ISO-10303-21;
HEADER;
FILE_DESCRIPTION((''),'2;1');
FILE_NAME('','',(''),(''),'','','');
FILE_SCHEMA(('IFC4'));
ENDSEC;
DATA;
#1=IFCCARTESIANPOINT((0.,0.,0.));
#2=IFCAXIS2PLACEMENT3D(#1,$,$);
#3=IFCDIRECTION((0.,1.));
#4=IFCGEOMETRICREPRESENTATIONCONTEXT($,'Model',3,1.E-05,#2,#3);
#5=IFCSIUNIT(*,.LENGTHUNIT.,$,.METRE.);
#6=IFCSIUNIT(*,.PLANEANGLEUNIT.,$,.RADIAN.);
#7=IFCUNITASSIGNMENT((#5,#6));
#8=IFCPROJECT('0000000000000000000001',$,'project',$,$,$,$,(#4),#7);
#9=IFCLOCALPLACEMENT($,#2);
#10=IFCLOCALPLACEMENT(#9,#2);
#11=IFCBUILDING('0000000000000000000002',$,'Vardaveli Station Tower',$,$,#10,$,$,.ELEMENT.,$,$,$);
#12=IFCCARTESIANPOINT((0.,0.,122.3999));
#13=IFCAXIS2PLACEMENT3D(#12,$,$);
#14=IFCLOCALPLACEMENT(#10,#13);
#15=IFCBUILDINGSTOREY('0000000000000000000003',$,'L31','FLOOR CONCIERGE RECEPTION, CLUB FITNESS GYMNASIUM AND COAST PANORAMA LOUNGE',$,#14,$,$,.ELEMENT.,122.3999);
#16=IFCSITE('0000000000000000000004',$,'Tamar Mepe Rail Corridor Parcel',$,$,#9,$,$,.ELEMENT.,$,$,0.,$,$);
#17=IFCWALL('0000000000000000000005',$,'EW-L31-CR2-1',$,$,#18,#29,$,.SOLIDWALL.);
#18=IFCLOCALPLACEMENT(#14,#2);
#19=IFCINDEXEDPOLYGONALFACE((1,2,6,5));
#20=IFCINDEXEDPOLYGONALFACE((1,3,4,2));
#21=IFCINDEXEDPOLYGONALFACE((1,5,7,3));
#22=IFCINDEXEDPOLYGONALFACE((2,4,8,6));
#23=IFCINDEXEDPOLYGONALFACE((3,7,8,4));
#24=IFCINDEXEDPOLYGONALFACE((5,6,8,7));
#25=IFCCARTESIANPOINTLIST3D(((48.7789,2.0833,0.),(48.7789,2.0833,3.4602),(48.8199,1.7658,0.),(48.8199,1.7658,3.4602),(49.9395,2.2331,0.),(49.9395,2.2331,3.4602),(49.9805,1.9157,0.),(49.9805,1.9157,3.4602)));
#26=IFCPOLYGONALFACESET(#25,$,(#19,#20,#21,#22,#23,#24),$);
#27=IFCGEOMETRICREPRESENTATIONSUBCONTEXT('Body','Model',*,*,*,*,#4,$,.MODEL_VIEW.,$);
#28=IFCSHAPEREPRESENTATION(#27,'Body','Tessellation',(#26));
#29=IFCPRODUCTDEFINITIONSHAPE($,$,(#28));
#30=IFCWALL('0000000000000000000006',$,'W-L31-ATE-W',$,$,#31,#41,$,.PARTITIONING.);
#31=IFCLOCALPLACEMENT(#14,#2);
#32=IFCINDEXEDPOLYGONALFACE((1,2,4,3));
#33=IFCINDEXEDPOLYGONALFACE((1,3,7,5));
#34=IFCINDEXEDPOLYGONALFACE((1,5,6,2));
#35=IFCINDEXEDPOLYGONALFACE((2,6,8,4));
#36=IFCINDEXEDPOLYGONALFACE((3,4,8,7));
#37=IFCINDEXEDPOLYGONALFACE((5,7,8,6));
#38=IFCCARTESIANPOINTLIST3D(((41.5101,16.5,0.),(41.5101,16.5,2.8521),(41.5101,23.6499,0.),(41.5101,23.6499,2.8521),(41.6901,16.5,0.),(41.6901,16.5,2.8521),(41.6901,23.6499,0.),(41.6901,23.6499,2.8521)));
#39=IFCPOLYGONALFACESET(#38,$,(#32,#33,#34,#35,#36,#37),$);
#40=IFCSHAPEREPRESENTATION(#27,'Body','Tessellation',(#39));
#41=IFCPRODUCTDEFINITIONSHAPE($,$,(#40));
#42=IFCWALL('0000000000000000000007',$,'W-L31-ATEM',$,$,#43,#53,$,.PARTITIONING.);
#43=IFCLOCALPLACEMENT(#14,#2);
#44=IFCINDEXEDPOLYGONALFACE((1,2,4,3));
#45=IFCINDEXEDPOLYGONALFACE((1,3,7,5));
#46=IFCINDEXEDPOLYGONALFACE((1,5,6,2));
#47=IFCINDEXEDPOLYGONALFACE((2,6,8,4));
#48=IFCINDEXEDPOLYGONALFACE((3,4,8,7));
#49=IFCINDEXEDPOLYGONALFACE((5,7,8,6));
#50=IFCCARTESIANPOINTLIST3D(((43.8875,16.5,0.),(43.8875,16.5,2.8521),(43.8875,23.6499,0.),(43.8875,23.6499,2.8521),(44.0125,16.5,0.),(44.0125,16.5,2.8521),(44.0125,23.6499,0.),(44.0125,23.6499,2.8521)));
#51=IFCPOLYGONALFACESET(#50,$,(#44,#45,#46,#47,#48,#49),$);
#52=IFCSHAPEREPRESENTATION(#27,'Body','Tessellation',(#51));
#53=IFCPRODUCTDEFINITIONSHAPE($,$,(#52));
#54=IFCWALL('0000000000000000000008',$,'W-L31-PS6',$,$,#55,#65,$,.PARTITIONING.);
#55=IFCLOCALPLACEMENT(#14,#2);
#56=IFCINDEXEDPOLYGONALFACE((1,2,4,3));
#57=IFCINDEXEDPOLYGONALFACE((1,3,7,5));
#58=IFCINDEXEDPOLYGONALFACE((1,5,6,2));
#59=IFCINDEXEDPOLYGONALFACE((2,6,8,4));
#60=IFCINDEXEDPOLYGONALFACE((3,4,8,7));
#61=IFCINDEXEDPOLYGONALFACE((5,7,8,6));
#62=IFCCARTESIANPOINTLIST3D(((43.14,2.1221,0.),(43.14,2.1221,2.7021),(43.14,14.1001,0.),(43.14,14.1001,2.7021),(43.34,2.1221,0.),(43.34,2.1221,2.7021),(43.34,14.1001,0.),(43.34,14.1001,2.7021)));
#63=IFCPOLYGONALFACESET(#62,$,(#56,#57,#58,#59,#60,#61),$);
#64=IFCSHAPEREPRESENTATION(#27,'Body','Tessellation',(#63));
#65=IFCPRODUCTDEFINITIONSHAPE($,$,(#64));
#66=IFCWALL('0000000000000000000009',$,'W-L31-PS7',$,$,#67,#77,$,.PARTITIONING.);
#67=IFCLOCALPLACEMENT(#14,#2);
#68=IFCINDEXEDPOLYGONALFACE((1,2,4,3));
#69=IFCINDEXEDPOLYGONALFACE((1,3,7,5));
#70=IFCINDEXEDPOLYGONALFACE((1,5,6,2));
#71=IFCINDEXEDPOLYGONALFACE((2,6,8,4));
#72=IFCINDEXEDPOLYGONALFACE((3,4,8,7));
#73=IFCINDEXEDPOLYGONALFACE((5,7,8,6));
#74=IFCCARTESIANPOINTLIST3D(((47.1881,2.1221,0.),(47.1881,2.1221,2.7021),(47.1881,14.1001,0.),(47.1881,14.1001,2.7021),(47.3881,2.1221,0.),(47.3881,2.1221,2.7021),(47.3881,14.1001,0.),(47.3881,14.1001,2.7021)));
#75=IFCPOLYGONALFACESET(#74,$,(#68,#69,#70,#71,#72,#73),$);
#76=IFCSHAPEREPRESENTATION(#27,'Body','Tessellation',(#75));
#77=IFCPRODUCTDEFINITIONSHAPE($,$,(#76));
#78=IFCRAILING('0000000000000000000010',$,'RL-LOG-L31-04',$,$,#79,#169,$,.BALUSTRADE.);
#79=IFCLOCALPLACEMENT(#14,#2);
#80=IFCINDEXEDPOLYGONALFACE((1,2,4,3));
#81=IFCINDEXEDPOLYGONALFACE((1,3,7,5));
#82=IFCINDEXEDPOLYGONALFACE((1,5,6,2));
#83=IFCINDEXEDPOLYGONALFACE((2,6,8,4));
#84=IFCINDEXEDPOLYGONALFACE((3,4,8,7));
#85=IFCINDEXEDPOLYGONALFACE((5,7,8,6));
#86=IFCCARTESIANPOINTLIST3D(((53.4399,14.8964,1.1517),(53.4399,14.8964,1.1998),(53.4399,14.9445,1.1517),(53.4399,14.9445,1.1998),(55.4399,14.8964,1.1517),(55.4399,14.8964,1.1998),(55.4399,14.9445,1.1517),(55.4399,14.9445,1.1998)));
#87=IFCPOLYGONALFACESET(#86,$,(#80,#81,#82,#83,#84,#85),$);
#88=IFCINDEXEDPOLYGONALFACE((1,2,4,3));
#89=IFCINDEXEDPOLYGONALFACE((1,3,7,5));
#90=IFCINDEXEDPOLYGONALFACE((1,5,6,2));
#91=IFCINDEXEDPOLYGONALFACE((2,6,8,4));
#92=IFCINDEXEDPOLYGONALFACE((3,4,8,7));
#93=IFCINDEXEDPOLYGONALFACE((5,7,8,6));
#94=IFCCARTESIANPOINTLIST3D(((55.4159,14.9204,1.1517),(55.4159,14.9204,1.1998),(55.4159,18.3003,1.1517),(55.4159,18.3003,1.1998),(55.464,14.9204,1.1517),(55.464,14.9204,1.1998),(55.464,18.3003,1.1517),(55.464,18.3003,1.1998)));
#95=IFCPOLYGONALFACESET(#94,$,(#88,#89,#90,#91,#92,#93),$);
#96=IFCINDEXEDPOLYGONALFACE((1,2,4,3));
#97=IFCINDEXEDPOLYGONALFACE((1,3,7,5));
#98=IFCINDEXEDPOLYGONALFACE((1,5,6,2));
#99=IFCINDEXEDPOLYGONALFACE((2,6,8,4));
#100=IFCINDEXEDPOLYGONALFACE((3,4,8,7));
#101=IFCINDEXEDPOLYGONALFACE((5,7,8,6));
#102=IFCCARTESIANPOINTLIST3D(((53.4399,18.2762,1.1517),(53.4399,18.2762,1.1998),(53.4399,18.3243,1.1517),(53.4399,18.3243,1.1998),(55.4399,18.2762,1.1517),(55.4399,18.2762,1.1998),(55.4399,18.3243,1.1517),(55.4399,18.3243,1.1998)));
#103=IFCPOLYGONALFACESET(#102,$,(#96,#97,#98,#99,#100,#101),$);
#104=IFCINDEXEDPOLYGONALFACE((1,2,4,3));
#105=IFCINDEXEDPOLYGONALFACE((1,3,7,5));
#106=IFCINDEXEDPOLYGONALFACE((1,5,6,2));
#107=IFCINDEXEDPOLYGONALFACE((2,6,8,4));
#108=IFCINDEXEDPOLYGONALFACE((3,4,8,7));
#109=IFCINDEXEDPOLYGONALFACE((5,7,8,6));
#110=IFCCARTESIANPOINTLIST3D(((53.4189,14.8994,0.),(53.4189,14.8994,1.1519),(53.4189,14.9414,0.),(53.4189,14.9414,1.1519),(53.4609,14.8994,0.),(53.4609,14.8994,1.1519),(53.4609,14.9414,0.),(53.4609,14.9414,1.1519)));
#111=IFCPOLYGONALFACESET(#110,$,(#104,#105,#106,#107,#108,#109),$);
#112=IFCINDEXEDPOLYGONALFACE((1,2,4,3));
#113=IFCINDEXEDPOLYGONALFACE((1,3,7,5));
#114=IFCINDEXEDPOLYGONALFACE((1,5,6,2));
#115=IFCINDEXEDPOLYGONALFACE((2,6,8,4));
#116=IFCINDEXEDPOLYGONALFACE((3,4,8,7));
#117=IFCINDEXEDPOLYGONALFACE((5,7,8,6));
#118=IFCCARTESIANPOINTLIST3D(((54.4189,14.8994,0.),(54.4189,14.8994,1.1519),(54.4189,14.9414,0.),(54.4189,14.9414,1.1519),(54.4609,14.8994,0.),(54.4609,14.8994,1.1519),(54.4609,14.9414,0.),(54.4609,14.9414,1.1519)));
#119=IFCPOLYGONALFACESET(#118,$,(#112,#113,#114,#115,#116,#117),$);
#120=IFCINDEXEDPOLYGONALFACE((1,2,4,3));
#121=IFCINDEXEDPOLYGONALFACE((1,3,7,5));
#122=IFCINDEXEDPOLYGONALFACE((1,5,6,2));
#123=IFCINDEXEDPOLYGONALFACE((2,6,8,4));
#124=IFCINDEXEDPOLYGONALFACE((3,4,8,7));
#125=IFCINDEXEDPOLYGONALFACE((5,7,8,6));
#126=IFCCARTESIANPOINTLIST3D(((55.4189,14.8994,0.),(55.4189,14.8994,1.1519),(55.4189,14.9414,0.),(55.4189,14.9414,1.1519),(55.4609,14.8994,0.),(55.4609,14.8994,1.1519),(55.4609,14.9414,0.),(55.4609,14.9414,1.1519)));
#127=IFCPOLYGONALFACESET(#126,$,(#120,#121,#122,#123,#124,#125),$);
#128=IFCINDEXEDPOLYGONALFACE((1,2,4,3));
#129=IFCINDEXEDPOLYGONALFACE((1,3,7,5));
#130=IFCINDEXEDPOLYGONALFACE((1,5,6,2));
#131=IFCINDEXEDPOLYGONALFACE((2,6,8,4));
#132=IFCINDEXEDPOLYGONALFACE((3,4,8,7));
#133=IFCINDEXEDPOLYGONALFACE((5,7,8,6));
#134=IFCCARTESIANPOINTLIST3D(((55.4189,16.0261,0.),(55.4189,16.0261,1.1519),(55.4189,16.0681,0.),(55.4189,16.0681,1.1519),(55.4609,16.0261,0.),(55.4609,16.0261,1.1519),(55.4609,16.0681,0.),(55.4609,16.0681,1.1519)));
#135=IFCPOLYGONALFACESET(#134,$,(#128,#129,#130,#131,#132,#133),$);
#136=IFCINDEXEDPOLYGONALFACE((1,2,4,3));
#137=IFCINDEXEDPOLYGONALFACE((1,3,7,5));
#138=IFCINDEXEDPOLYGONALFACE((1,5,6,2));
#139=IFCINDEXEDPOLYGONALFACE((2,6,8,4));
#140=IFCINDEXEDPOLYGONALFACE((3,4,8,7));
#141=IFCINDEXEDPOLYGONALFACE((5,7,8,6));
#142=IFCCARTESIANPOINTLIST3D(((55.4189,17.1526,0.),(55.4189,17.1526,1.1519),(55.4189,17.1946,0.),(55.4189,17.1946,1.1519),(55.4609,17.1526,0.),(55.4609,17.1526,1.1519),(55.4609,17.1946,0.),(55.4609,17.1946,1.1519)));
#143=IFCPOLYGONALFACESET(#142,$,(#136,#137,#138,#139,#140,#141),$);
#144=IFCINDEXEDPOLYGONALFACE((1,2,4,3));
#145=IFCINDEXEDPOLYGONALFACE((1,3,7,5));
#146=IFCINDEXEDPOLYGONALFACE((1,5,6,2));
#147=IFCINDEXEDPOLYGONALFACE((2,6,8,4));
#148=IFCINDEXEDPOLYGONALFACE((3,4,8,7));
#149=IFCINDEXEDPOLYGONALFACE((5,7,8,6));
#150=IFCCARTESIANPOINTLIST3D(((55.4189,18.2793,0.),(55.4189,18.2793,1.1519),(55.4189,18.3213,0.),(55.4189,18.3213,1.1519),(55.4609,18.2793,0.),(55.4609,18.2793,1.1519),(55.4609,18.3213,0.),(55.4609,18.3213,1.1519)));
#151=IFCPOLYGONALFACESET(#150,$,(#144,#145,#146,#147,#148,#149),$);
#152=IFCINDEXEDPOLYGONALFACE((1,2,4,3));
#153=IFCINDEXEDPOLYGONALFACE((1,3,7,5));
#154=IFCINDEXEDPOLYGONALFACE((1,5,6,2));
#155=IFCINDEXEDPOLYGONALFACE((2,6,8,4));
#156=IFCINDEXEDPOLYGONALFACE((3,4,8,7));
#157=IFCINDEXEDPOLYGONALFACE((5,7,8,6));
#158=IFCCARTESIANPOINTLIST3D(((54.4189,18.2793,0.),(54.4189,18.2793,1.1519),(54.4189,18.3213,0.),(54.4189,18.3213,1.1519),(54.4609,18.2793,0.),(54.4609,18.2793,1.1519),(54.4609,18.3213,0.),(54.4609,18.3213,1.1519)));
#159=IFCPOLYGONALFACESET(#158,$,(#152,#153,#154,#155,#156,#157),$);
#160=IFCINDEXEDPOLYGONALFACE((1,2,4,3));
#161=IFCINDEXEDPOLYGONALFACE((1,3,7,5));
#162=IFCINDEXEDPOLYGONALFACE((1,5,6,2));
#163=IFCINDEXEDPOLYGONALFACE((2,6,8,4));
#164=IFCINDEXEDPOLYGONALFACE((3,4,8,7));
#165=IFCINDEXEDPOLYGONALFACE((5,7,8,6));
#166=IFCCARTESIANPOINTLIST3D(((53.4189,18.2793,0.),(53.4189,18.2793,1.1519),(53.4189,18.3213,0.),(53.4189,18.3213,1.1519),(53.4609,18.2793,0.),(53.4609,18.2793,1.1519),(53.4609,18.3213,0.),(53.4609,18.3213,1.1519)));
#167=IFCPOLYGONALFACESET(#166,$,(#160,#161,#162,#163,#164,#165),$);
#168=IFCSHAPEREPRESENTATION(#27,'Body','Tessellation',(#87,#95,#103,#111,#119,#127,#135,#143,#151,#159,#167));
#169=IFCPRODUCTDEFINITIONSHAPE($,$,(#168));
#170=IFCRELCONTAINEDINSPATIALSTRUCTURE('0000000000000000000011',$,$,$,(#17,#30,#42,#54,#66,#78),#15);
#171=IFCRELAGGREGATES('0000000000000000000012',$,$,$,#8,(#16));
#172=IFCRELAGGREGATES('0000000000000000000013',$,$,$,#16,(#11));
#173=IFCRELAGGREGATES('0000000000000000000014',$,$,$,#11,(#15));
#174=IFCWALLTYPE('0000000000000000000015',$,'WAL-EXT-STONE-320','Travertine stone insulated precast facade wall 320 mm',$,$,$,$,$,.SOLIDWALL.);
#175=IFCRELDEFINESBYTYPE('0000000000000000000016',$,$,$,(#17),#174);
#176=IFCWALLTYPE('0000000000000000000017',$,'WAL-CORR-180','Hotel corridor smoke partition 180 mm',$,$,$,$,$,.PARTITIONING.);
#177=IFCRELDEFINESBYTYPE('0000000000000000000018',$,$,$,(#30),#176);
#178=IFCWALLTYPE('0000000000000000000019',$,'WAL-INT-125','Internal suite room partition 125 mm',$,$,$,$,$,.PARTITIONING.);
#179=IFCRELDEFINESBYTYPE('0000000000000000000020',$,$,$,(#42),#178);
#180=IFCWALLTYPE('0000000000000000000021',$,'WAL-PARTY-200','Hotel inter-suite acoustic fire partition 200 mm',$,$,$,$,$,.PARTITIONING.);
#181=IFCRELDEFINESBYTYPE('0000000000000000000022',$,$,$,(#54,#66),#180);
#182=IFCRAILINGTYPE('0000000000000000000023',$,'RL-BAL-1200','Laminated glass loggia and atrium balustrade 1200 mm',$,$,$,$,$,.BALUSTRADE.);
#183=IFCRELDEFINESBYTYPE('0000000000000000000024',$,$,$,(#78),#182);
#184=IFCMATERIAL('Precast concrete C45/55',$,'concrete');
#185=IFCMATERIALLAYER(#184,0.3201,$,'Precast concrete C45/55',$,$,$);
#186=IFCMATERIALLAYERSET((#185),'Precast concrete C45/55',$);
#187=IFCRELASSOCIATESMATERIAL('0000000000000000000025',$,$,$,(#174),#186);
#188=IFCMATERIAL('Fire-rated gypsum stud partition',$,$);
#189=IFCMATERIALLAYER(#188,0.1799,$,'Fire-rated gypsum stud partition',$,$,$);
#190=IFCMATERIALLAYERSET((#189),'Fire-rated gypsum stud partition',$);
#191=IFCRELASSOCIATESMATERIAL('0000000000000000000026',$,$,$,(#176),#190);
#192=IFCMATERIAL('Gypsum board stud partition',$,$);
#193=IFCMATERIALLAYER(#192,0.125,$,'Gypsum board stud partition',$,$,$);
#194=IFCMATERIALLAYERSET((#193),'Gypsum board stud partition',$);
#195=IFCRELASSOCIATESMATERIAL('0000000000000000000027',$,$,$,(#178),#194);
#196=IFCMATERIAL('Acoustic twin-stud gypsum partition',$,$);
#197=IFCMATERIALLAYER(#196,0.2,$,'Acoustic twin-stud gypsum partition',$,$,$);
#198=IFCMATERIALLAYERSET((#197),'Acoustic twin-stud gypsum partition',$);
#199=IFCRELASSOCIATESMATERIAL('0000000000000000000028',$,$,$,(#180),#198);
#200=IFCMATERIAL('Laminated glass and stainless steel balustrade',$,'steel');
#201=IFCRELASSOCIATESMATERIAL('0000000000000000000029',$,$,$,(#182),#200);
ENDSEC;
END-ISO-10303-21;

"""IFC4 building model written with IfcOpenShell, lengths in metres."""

from ifc_helpers import new_model, si_unit, direction, frame, frame_2d, origin, origin_2d, place, context, subcontext, project, spatial, rectangle, extrude, source, transform, mapped, material, layer, layer_set, type_object, element, save


model = new_model("IFC4")

# Units and contexts
model_context = context("Model", 3, precision=1e-05, world=origin(), true_north=direction((0.0, 1.0)))
body_context = subcontext(model_context, "Body", "Model", "MODEL_VIEW")
ifc_project = project(units=[si_unit("LENGTHUNIT", "METRE"), si_unit("PLANEANGLEUNIT", "RADIAN")], contexts=[model_context])

# Site, building, storey
site_placement = place(None, origin())
site = spatial("IfcSite", under=ifc_project, at=site_placement, Name="Tamar Mepe Rail Corridor Parcel", CompositionType="ELEMENT", RefElevation=0.0)
building_placement = place(site_placement, origin())
building = spatial("IfcBuilding", under=site, at=building_placement, Name="Vardaveli Station Tower", CompositionType="ELEMENT")
storey_placement = place(building_placement, frame((0.0, 0.0, 122.3999)))
storey = spatial("IfcBuildingStorey", under=building, at=storey_placement, Name="L31", Description="FLOOR CONCIERGE RECEPTION, CLUB FITNESS GYMNASIUM AND COAST PANORAMA LOUNGE", CompositionType="ELEMENT", Elevation=122.3999)

# Shared definitions
ifc_material_1 = material(Name="Precast concrete C45/55", Category="concrete")

# Shared definitions
ifc_layer_1 = layer(ifc_material_1, 0.3201, Name="Precast concrete C45/55")
ifc_layer_set_1 = layer_set([ifc_layer_1], Name="Precast concrete C45/55")
wall_type_1 = type_object("IfcWallType", Name="WAL-EXT-STONE-320", Description="Travertine stone insulated precast facade wall 320 mm", PredefinedType="SOLIDWALL", material=ifc_layer_set_1)

# Walls
shared_shape_1 = source(origin(), body_context, "Body", "SweptSolid", [
    extrude(rectangle(XDim=1.1702, YDim=0.3201, at=frame_2d((0.585, 0.0))), origin(), (0.0, 0.0, 1.0), 3.4602),
])
wall_1_placement = place(storey_placement, frame((48.7996, 1.9246, 0.0), z_axis=(0.0, 0.0, 1.0), x_axis=(0.991762, 0.12809, 0.0)))
element("IfcWall", 1, at=wall_1_placement, inside=storey, type_object=wall_type_1, Name="EW-L31-CR2-1", PredefinedType="SOLIDWALL", context=body_context, shape_type="MappedRepresentation", body=[
    mapped(shared_shape_1, transform((0.0, 0.0, 0.0), scale=1.0)),
])
ifc_material_2 = material(Name="Fire-rated gypsum stud partition")
ifc_layer_2 = layer(ifc_material_2, 0.1799, Name="Fire-rated gypsum stud partition")
ifc_layer_set_2 = layer_set([ifc_layer_2], Name="Fire-rated gypsum stud partition")
wall_type_2 = type_object("IfcWallType", Name="WAL-CORR-180", Description="Hotel corridor smoke partition 180 mm", PredefinedType="PARTITIONING", material=ifc_layer_set_2)
shared_shape_2 = source(origin(), body_context, "Body", "SweptSolid", [
    extrude(rectangle(XDim=7.1499, YDim=0.1799, at=frame_2d((3.575, 0.0))), origin(), (0.0, 0.0, 1.0), 2.8521),
])
wall_2_placement = place(storey_placement, frame((41.6001, 16.5, 0.0), z_axis=(0.0, 0.0, 1.0), x_axis=(0.0, 1.0, 0.0)))
element("IfcWall", 2, at=wall_2_placement, inside=storey, type_object=wall_type_2, Name="W-L31-ATE-W", PredefinedType="PARTITIONING", context=body_context, shape_type="MappedRepresentation", body=[
    mapped(shared_shape_2, transform((0.0, 0.0, 0.0), scale=1.0)),
])
ifc_material_3 = material(Name="Gypsum board stud partition")
ifc_layer_3 = layer(ifc_material_3, 0.125, Name="Gypsum board stud partition")
ifc_layer_set_3 = layer_set([ifc_layer_3], Name="Gypsum board stud partition")
wall_type_3 = type_object("IfcWallType", Name="WAL-INT-125", Description="Internal suite room partition 125 mm", PredefinedType="PARTITIONING", material=ifc_layer_set_3)
shared_shape_3 = source(origin(), body_context, "Body", "SweptSolid", [
    extrude(rectangle(XDim=7.1499, YDim=0.125, at=frame_2d((3.575, 0.0))), origin(), (0.0, 0.0, 1.0), 2.8521),
])
wall_3_placement = place(storey_placement, frame((43.95, 16.5, 0.0), z_axis=(0.0, 0.0, 1.0), x_axis=(0.0, 1.0, 0.0)))
element("IfcWall", 3, at=wall_3_placement, inside=storey, type_object=wall_type_3, Name="W-L31-ATEM", PredefinedType="PARTITIONING", context=body_context, shape_type="MappedRepresentation", body=[
    mapped(shared_shape_3, transform((0.0, 0.0, 0.0), scale=1.0)),
])
ifc_material_4 = material(Name="Acoustic twin-stud gypsum partition")
ifc_layer_4 = layer(ifc_material_4, 0.2, Name="Acoustic twin-stud gypsum partition")
ifc_layer_set_4 = layer_set([ifc_layer_4], Name="Acoustic twin-stud gypsum partition")
wall_type_4 = type_object("IfcWallType", Name="WAL-PARTY-200", Description="Hotel inter-suite acoustic fire partition 200 mm", PredefinedType="PARTITIONING", material=ifc_layer_set_4)
shared_shape_4 = source(origin(), body_context, "Body", "SweptSolid", [
    extrude(rectangle(XDim=11.978, YDim=0.2, at=frame_2d((5.989, 0.0))), origin(), (0.0, 0.0, 1.0), 2.7021),
])
for number, where, z_axis, x_axis, name in (
    (4, (43.24, 2.1221, 0.0), (0.0, 0.0, 1.0), (0.0, 1.0, 0.0), "W-L31-PS6"),
    (5, (47.2881, 2.1221, 0.0), (0.0, 0.0, 1.0), (0.0, 1.0, 0.0), "W-L31-PS7"),
):
    element("IfcWall", number, at=place(storey_placement, frame(where, z_axis=z_axis, x_axis=x_axis)), inside=storey, type_object=wall_type_4, Name=name, PredefinedType="PARTITIONING", context=body_context, shape_type="MappedRepresentation", body=[
        mapped(shared_shape_4, transform((0.0, 0.0, 0.0), scale=1.0)),
    ])

# Railing
ifc_material_5 = material(Name="Laminated glass and stainless steel balustrade", Category="steel")
railing_type = type_object("IfcRailingType", Name="RL-BAL-1200", Description="Laminated glass loggia and atrium balustrade 1200 mm", PredefinedType="BALUSTRADE", material=ifc_material_5)
shared_shape_5 = source(origin(), body_context, "Body", "SweptSolid", [
    extrude(rectangle(XDim=0.0481, YDim=0.0481, at=origin_2d()), frame((0.0, 0.0, 1.1758), z_axis=(1.0, 0.0, 0.0), x_axis=(0.0, 1.0, 0.0)), (0.0, 0.0, 1.0), 2.0),
    extrude(rectangle(XDim=0.0481, YDim=0.0481, at=origin_2d()), frame((2.0, 0.0, 1.1758), z_axis=(0.0, 1.0, 0.0), x_axis=(-1.0, 0.0, 0.0)), (0.0, 0.0, 1.0), 3.3799),
    extrude(rectangle(XDim=0.0481, YDim=0.0481, at=origin_2d()), frame((2.0, 3.3799, 1.1758), z_axis=(-1.0, 0.0, 0.0), x_axis=(0.0, -1.0, 0.0)), (0.0, 0.0, 1.0), 2.0),
    extrude(rectangle(XDim=0.042, YDim=0.042, at=origin_2d()), origin(), (0.0, 0.0, 1.0), 1.1519),
    extrude(rectangle(XDim=0.042, YDim=0.042, at=origin_2d()), frame((1.0, 0.0, 0.0)), (0.0, 0.0, 1.0), 1.1519),
    extrude(rectangle(XDim=0.042, YDim=0.042, at=origin_2d()), frame((2.0, 0.0, 0.0)), (0.0, 0.0, 1.0), 1.1519),
    extrude(rectangle(XDim=0.042, YDim=0.042, at=origin_2d()), frame((2.0, 1.1267, 0.0)), (0.0, 0.0, 1.0), 1.1519),
    extrude(rectangle(XDim=0.042, YDim=0.042, at=origin_2d()), frame((2.0, 2.2532, 0.0)), (0.0, 0.0, 1.0), 1.1519),
    extrude(rectangle(XDim=0.042, YDim=0.042, at=origin_2d()), frame((2.0, 3.3799, 0.0)), (0.0, 0.0, 1.0), 1.1519),
    extrude(rectangle(XDim=0.042, YDim=0.042, at=origin_2d()), frame((1.0, 3.3799, 0.0)), (0.0, 0.0, 1.0), 1.1519),
    extrude(rectangle(XDim=0.042, YDim=0.042, at=origin_2d()), frame((0.0, 3.3799, 0.0)), (0.0, 0.0, 1.0), 1.1519),
])
railing_placement = place(storey_placement, frame((53.4399, 14.9204, 0.0)))
element("IfcRailing", 6, at=railing_placement, inside=storey, type_object=railing_type, Name="RL-LOG-L31-04", PredefinedType="BALUSTRADE", context=body_context, shape_type="MappedRepresentation", body=[
    mapped(shared_shape_5, transform((0.0, 0.0, 0.0), scale=1.0)),
])

save(model, "model.ifc")
